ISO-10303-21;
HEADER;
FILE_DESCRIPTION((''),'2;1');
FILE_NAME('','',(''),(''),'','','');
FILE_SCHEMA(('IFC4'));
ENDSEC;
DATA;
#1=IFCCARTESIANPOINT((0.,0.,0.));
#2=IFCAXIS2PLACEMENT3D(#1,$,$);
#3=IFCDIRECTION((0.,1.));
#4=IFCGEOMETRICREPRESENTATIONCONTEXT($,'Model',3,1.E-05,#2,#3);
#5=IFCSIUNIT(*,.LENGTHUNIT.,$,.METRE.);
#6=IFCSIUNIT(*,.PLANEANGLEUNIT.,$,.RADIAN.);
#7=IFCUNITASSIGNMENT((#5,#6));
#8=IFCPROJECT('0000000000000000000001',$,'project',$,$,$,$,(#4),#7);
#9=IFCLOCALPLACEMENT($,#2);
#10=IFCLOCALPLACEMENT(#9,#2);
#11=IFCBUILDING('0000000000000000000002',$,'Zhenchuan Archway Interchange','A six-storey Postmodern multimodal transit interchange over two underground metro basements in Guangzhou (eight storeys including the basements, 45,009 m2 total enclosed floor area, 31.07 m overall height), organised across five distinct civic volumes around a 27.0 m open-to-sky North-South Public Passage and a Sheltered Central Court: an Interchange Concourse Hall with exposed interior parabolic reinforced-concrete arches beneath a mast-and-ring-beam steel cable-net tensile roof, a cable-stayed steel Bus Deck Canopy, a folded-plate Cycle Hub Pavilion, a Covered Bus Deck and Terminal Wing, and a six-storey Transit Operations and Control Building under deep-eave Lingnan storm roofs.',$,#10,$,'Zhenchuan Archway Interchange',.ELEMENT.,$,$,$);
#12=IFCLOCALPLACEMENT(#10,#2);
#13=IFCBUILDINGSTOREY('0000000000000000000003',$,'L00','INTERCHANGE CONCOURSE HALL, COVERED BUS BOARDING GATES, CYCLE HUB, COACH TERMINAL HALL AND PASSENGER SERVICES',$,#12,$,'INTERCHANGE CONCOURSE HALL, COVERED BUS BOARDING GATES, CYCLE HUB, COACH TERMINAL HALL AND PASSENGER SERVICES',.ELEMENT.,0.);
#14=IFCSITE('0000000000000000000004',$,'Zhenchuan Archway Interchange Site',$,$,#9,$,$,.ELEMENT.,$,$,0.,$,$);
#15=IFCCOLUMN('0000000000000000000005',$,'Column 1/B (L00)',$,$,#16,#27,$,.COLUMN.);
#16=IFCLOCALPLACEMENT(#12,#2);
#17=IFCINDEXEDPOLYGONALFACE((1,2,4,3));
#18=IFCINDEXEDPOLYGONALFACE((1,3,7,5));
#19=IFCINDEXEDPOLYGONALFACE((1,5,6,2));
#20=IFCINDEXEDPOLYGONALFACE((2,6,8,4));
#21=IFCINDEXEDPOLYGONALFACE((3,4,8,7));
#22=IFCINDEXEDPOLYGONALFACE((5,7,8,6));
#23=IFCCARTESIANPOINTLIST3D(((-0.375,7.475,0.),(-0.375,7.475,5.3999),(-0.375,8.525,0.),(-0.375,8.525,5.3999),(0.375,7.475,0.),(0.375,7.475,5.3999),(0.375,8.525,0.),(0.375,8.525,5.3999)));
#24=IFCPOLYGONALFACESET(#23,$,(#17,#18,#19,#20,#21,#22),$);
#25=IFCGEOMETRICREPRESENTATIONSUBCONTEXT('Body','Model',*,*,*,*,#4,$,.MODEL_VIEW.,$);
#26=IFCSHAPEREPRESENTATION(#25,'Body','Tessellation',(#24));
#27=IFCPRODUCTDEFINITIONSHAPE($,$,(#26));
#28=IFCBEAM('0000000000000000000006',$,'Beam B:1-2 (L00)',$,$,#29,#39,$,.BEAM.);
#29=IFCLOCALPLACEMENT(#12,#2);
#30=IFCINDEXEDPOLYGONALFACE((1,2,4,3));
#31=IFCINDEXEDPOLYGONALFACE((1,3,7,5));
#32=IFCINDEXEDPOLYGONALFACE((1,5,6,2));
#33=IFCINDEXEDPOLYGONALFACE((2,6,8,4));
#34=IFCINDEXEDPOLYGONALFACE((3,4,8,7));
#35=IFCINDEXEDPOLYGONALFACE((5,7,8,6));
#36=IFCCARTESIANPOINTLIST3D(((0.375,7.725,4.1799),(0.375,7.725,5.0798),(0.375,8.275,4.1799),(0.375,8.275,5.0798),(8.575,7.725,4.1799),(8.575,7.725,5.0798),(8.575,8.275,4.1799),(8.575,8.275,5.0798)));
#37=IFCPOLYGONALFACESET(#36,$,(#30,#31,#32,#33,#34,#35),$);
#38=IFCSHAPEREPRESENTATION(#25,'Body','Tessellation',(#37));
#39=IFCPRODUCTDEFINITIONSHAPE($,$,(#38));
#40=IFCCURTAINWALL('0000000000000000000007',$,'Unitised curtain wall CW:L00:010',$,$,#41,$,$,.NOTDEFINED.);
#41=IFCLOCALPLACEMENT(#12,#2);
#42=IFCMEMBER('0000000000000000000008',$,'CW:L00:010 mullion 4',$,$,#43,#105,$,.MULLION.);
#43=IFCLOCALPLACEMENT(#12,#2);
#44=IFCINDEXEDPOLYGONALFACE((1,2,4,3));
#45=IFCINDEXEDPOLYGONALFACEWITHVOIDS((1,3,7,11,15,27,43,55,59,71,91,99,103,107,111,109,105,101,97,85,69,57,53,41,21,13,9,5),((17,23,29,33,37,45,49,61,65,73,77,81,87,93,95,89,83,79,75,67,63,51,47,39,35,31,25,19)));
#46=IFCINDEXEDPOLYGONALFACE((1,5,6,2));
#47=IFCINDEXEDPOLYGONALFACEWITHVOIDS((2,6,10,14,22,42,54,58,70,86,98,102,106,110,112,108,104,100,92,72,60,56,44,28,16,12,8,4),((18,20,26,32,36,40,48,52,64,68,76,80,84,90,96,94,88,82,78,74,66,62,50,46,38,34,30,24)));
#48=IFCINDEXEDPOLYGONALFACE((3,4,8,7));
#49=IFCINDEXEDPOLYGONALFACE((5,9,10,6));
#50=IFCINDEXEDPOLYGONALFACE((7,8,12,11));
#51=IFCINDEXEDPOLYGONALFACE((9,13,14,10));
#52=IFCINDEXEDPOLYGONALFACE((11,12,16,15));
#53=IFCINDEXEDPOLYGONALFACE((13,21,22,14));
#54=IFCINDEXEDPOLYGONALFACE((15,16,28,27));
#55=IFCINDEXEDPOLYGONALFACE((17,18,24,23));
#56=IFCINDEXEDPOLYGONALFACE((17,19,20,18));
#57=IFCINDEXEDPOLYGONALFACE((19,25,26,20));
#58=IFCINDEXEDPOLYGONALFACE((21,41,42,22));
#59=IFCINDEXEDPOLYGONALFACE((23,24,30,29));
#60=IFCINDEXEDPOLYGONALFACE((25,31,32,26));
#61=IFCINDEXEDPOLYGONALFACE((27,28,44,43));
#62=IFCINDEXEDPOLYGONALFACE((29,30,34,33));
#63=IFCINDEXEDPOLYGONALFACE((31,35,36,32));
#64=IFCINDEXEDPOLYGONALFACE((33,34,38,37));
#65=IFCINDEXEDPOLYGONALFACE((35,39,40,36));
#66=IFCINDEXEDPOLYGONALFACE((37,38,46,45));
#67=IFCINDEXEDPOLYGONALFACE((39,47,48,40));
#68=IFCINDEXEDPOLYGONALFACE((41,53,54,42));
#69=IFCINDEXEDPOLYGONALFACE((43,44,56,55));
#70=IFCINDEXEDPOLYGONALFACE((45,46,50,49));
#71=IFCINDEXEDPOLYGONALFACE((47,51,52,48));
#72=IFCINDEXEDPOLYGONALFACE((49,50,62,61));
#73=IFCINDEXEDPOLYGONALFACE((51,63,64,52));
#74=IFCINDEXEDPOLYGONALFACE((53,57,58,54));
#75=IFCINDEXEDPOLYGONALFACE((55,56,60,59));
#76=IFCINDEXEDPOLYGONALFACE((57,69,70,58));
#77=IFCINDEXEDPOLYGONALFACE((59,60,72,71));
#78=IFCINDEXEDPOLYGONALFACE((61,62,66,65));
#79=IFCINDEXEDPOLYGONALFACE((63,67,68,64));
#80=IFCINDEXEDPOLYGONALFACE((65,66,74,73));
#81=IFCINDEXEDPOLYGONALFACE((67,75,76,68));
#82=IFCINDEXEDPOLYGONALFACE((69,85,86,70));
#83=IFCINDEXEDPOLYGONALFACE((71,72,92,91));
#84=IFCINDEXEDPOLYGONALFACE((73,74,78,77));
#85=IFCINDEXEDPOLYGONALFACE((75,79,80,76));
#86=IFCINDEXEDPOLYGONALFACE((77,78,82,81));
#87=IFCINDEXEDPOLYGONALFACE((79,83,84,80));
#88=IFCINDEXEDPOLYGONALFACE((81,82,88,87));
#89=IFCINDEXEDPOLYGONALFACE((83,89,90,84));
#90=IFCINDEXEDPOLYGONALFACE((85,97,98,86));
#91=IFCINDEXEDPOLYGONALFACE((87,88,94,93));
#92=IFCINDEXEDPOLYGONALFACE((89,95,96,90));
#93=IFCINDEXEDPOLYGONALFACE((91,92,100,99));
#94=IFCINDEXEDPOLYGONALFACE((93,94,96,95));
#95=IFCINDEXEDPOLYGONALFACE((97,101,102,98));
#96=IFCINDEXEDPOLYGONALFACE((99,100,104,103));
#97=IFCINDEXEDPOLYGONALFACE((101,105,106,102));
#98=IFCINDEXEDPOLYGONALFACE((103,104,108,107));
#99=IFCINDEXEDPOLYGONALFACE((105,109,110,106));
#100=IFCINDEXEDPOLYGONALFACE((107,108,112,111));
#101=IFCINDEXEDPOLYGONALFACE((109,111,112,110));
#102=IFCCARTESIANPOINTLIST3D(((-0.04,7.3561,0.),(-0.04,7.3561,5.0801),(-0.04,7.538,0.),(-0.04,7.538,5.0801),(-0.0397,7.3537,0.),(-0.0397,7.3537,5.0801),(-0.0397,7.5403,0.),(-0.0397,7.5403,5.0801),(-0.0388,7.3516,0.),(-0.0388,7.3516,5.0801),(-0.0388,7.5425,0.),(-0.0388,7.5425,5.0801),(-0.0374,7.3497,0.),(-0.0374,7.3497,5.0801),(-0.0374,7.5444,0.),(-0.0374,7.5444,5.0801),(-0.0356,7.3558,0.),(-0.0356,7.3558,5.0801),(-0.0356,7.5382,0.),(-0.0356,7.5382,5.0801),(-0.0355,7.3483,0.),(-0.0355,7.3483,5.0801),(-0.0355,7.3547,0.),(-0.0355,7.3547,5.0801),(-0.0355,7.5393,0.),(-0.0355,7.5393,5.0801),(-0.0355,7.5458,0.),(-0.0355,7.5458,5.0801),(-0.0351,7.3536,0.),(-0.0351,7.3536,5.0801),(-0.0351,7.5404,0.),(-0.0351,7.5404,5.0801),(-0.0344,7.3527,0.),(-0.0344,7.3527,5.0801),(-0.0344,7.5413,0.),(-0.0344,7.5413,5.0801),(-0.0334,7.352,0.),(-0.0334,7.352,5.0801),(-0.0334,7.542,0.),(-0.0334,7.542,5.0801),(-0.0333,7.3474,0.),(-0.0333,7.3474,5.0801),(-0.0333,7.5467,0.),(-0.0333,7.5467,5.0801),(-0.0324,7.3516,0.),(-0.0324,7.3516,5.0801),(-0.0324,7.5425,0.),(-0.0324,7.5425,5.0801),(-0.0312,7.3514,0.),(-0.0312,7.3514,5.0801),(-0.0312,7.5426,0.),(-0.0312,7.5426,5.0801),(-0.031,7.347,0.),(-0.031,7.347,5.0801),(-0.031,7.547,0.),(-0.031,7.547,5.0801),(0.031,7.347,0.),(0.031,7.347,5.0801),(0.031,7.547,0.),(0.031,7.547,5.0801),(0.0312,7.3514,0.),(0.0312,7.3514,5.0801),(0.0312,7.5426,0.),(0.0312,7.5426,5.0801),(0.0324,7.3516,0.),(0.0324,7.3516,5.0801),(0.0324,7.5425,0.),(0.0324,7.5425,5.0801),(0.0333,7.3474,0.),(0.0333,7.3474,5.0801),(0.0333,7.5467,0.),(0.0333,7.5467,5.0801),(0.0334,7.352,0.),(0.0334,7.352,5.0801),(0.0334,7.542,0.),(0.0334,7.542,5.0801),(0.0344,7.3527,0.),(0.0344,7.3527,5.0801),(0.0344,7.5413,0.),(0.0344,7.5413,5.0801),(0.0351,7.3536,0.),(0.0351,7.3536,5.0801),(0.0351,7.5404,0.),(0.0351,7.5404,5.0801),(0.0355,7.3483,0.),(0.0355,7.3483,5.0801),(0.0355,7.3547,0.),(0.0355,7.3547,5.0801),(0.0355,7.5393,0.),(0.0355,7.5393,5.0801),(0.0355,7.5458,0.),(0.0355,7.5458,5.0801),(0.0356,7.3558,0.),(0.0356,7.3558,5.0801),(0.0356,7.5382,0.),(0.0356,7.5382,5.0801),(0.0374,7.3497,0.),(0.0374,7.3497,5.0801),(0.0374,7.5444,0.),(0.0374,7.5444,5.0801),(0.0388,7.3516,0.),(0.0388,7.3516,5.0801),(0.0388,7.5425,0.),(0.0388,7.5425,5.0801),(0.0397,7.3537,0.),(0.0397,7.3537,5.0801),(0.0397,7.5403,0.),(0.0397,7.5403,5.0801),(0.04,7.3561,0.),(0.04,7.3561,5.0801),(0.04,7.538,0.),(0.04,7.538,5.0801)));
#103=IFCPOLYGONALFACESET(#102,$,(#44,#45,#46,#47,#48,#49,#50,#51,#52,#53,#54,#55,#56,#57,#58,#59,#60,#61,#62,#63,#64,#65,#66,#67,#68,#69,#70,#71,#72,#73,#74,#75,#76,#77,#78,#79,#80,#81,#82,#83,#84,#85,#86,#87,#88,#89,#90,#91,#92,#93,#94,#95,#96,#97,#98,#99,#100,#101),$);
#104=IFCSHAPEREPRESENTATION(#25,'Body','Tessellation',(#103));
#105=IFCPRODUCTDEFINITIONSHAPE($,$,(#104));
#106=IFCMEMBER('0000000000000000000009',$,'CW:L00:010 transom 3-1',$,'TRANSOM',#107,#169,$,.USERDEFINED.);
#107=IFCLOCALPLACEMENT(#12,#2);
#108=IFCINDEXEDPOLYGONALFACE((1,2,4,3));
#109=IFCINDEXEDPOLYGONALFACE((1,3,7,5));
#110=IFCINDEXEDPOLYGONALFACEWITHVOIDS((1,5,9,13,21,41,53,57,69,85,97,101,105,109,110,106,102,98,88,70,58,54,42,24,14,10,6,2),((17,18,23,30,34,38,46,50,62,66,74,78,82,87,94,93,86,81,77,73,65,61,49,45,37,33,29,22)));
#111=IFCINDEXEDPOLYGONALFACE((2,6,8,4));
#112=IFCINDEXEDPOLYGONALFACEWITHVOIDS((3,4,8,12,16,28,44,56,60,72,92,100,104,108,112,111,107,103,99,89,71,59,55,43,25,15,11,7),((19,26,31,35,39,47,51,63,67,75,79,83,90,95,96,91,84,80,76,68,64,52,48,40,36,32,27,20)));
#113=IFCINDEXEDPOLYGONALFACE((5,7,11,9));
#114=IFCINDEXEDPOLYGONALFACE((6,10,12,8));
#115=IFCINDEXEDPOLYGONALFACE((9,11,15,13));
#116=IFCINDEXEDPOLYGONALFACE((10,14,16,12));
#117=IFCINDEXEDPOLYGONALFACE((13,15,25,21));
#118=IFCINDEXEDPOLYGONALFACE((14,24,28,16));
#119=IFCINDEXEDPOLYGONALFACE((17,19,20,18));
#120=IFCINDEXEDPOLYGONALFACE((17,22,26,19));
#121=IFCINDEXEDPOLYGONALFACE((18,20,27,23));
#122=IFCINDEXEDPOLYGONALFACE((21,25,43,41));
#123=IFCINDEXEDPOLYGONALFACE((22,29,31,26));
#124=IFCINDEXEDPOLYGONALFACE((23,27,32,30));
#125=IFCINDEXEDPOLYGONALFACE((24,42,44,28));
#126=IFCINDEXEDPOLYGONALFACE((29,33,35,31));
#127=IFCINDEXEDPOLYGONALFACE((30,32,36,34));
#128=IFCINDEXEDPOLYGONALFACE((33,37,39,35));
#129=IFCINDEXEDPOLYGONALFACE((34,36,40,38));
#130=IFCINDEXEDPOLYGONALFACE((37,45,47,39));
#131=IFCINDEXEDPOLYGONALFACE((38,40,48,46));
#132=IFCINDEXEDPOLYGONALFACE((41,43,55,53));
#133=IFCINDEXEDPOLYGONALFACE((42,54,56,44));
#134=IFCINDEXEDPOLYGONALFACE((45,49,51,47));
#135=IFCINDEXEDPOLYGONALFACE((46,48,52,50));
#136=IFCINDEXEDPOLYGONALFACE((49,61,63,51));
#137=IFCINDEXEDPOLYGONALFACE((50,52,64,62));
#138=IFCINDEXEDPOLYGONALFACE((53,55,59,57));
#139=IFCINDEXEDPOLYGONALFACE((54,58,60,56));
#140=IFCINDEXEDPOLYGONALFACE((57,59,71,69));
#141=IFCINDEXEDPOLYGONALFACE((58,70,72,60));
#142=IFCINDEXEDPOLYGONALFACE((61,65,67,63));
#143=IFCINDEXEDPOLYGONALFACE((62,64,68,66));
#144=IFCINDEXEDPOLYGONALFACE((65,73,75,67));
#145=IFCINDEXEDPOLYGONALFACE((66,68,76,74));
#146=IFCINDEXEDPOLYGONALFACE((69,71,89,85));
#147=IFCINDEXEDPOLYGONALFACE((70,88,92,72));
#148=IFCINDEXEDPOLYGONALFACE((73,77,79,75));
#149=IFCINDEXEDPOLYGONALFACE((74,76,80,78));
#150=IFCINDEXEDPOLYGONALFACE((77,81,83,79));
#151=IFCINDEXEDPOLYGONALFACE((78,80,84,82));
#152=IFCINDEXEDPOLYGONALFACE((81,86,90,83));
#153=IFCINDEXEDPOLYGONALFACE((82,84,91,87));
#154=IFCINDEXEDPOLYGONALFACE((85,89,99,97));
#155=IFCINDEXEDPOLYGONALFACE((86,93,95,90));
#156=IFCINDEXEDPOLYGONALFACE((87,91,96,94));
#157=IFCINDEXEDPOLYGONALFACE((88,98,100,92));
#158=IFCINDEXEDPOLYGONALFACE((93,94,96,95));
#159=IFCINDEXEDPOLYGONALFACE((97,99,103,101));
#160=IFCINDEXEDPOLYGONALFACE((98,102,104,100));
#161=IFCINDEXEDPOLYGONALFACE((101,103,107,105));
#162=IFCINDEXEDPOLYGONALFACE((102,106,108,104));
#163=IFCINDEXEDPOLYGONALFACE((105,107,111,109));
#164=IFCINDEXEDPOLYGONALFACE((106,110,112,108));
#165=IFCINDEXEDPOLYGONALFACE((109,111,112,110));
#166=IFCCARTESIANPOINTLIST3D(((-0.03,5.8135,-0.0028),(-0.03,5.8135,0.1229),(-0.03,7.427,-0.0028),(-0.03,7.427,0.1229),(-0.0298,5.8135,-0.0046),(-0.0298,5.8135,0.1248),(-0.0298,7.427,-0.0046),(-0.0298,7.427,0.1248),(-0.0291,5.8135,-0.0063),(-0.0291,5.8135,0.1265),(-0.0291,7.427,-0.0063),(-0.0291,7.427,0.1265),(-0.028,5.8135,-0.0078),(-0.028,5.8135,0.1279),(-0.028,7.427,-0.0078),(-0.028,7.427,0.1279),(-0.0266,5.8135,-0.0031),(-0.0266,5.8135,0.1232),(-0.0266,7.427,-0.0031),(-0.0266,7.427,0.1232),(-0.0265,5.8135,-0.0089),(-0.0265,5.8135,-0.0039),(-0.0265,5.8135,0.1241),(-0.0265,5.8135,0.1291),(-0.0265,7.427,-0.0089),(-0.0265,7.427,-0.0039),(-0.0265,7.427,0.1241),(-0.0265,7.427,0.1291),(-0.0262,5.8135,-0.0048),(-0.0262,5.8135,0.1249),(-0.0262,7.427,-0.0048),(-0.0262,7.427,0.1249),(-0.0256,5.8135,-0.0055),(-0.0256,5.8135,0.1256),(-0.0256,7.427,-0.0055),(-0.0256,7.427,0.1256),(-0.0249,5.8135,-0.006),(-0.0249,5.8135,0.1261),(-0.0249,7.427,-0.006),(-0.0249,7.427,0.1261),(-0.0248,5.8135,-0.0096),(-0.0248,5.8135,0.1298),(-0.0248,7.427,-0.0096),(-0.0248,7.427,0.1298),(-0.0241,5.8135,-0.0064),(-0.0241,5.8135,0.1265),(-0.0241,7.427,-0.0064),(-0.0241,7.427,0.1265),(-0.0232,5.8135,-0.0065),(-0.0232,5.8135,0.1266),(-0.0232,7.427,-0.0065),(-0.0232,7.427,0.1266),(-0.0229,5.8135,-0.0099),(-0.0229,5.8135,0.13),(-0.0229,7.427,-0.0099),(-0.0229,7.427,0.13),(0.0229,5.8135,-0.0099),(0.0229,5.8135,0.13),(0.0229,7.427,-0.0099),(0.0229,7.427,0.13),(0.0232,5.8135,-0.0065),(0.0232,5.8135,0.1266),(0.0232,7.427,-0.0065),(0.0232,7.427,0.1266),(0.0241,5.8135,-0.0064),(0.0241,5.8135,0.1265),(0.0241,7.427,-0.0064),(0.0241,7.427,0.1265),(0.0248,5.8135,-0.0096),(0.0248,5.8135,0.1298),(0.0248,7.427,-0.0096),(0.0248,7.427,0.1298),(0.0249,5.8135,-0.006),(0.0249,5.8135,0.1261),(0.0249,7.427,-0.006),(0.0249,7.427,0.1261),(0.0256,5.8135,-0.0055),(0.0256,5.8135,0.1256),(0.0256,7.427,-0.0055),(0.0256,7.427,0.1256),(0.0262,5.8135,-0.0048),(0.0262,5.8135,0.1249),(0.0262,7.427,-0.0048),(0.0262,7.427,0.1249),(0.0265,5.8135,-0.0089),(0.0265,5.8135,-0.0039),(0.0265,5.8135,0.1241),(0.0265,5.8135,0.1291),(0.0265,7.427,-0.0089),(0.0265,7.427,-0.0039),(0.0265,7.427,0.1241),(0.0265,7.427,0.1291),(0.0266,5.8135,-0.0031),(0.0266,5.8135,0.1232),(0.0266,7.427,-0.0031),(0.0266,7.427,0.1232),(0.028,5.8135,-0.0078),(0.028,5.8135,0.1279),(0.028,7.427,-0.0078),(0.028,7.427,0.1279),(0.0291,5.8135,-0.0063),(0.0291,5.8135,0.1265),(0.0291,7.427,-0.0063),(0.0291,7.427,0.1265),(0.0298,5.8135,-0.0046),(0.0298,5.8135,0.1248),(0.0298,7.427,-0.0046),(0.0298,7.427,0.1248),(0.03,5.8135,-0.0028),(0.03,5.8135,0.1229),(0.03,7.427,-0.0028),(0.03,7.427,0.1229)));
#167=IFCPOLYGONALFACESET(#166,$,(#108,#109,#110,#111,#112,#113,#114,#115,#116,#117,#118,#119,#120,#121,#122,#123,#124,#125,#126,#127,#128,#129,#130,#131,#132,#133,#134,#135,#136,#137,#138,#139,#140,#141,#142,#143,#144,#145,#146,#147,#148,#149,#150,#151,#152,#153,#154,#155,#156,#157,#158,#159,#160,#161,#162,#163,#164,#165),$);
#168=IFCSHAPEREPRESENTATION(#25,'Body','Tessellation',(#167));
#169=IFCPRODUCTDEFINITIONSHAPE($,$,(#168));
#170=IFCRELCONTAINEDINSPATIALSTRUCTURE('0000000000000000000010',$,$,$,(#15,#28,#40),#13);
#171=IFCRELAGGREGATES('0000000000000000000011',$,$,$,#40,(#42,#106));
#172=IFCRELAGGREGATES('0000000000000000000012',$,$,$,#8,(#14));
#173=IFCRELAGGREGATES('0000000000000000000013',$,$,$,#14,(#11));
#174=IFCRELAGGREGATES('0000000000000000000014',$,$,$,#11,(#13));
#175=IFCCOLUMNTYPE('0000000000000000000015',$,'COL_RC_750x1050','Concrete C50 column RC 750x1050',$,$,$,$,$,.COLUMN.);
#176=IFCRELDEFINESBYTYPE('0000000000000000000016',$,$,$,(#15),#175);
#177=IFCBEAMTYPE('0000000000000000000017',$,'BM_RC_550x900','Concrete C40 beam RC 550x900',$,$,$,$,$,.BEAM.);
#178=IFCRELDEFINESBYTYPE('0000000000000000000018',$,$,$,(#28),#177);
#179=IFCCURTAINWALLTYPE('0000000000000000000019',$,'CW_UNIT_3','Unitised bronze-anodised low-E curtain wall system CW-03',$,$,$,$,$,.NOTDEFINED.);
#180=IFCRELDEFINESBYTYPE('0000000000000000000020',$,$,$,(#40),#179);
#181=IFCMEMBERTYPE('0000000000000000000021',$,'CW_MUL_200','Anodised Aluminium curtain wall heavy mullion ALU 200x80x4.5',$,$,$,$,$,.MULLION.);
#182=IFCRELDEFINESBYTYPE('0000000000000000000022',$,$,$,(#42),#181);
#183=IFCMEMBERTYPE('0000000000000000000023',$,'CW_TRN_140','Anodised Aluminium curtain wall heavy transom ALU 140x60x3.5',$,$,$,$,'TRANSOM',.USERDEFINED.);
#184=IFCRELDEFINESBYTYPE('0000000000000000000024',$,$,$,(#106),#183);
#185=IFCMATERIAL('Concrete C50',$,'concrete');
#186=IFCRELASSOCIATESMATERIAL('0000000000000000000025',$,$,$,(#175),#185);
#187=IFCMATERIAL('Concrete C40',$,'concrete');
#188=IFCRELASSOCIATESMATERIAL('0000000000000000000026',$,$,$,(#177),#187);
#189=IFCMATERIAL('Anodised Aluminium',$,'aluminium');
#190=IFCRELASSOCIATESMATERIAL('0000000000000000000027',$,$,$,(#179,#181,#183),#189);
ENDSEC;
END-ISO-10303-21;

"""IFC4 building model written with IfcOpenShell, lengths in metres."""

from ifc_helpers import new_model, si_unit, direction, frame, origin, origin_2d, place, context, subcontext, project, spatial, rectangle, hollow_rectangle, extrude, material, material_profile, profile_set, type_object, element, aggregate, save


model = new_model("IFC4")

# Units and contexts
model_context = context("Model", 3, precision=1e-05, world=origin(), true_north=direction((0.0, 1.0)))
body_context = subcontext(model_context, "Body", "Model", "MODEL_VIEW")
ifc_project = project(units=[si_unit("LENGTHUNIT", "METRE"), si_unit("PLANEANGLEUNIT", "RADIAN")], contexts=[model_context])

# Site, building, storey
site_placement = place(None, origin())
site = spatial("IfcSite", under=ifc_project, at=site_placement, Name="Zhenchuan Archway Interchange Site", CompositionType="ELEMENT", RefElevation=0.0)
building_placement = place(site_placement, origin())
building = spatial("IfcBuilding", under=site, at=building_placement, Name="Zhenchuan Archway Interchange", Description="A six-storey Postmodern multimodal transit interchange over two underground metro basements in Guangzhou (eight storeys including the basements, 45,009 m2 total enclosed floor area, 31.07 m overall height), organised across five distinct civic volumes around a 27.0 m open-to-sky North-South Public Passage and a Sheltered Central Court: an Interchange Concourse Hall with exposed interior parabolic reinforced-concrete arches beneath a mast-and-ring-beam steel cable-net tensile roof, a cable-stayed steel Bus Deck Canopy, a folded-plate Cycle Hub Pavilion, a Covered Bus Deck and Terminal Wing, and a six-storey Transit Operations and Control Building under deep-eave Lingnan storm roofs.", LongName="Zhenchuan Archway Interchange", CompositionType="ELEMENT")
storey_placement = place(building_placement, origin())
storey = spatial("IfcBuildingStorey", under=building, at=storey_placement, Name="L00", Description="INTERCHANGE CONCOURSE HALL, COVERED BUS BOARDING GATES, CYCLE HUB, COACH TERMINAL HALL AND PASSENGER SERVICES", LongName="INTERCHANGE CONCOURSE HALL, COVERED BUS BOARDING GATES, CYCLE HUB, COACH TERMINAL HALL AND PASSENGER SERVICES", CompositionType="ELEMENT", Elevation=0.0)

# Column
ifc_material_1 = material(Name="Concrete C50", Category="concrete")
ifc_material_profile_1 = material_profile(ifc_material_1, rectangle(XDim=0.75, YDim=1.05, at=origin_2d()), Name="RC 750x1050")
ifc_profile_set_1 = profile_set([ifc_material_profile_1], Name="Concrete C50")
column_type = type_object("IfcColumnType", Name="COL_RC_750x1050", Description="Concrete C50 column RC 750x1050", PredefinedType="COLUMN", material=ifc_profile_set_1)
column_placement = place(storey_placement, frame((0.0, 8.0, 0.0), z_axis=(0.0, 0.0, 1.0), x_axis=(1.0, 0.0, 0.0)))
element("IfcColumn", 1, at=column_placement, inside=storey, type_object=column_type, Name="Column 1/B (L00)", PredefinedType="COLUMN", context=body_context, shape_type="SweptSolid", body=[
    extrude(rectangle(XDim=0.75, YDim=1.05, at=origin_2d()), origin(), (0.0, 0.0, 1.0), 5.3999),
])

# Beam
ifc_material_2 = material(Name="Concrete C40", Category="concrete")
ifc_material_profile_2 = material_profile(ifc_material_2, rectangle(XDim=0.55, YDim=0.8999, at=origin_2d()), Name="RC 550x900")
ifc_profile_set_2 = profile_set([ifc_material_profile_2], Name="Concrete C40")
beam_type_1 = type_object("IfcBeamType", Name="BM_RC_550x900", Description="Concrete C40 beam RC 550x900", PredefinedType="BEAM", material=ifc_profile_set_2)
beam_1_placement = place(storey_placement, frame((0.375, 8.0, 4.6299), z_axis=(1.0, 0.0, 0.0), x_axis=(0.0, 1.0, 0.0)))
element("IfcBeam", 2, at=beam_1_placement, inside=storey, type_object=beam_type_1, Name="Beam B:1-2 (L00)", PredefinedType="BEAM", context=body_context, shape_type="SweptSolid", body=[
    extrude(rectangle(XDim=0.55, YDim=0.8999, at=origin_2d()), origin(), (0.0, 0.0, 1.0), 8.2),
])

# Curtain wall, members
ifc_material_3 = material(Name="Anodised Aluminium", Category="aluminium")
curtain_wall_type = type_object("IfcCurtainWallType", Name="CW_UNIT_3", Description="Unitised bronze-anodised low-E curtain wall system CW-03", PredefinedType="NOTDEFINED", material=ifc_material_3)
curtain_wall_placement = place(storey_placement, origin())
curtain_wall = element("IfcCurtainWall", 3, at=curtain_wall_placement, inside=storey, type_object=curtain_wall_type, Name="Unitised curtain wall CW:L00:010", PredefinedType="NOTDEFINED")
ifc_material_profile_3 = material_profile(ifc_material_3, hollow_rectangle(XDim=0.0801, YDim=0.2, WallThickness=0.0044, InnerFilletRadius=0.0044, OuterFilletRadius=0.009, at=origin_2d()), Name="ALU 200x80x4.5")
ifc_profile_set_3 = profile_set([ifc_material_profile_3], Name="Anodised Aluminium")
member_type_1 = type_object("IfcMemberType", Name="CW_MUL_200", Description="Anodised Aluminium curtain wall heavy mullion ALU 200x80x4.5", PredefinedType="MULLION", material=ifc_profile_set_3)
member_1_placement = place(storey_placement, frame((0.0, 7.447, 0.0), z_axis=(0.0, 0.0, 1.0), x_axis=(1.0, 0.0, 0.0)))
member_1 = element("IfcMember", 4, at=member_1_placement, type_object=member_type_1, Name="CW:L00:010 mullion 4", PredefinedType="MULLION", context=body_context, shape_type="SweptSolid", body=[
    extrude(hollow_rectangle(XDim=0.0801, YDim=0.2, WallThickness=0.0044, InnerFilletRadius=0.0044, OuterFilletRadius=0.009, at=origin_2d()), origin(), (0.0, 0.0, 1.0), 5.0801),
])
ifc_material_profile_4 = material_profile(ifc_material_3, hollow_rectangle(XDim=0.0601, YDim=0.1399, WallThickness=0.0034, InnerFilletRadius=0.0034, OuterFilletRadius=0.0071, at=origin_2d()), Name="ALU 140x60x3.5")
ifc_profile_set_4 = profile_set([ifc_material_profile_4], Name="Anodised Aluminium")
member_type_2 = type_object("IfcMemberType", Name="CW_TRN_140", Description="Anodised Aluminium curtain wall heavy transom ALU 140x60x3.5", ElementType="TRANSOM", PredefinedType="USERDEFINED", material=ifc_profile_set_4)
member_2_placement = place(storey_placement, frame((0.0, 5.8135, 0.0601), z_axis=(0.0, 1.0, 0.0), x_axis=(-1.0, 0.0, 0.0)))
member_2 = element("IfcMember", 5, at=member_2_placement, type_object=member_type_2, Name="CW:L00:010 transom 3-1", ObjectType="TRANSOM", PredefinedType="USERDEFINED", context=body_context, shape_type="SweptSolid", body=[
    extrude(hollow_rectangle(XDim=0.0601, YDim=0.1399, WallThickness=0.0034, InnerFilletRadius=0.0034, OuterFilletRadius=0.0071, at=origin_2d()), origin(), (0.0, 0.0, 1.0), 1.6135),
])

aggregate(curtain_wall, [member_1, member_2])

save(model, "model.ifc")
